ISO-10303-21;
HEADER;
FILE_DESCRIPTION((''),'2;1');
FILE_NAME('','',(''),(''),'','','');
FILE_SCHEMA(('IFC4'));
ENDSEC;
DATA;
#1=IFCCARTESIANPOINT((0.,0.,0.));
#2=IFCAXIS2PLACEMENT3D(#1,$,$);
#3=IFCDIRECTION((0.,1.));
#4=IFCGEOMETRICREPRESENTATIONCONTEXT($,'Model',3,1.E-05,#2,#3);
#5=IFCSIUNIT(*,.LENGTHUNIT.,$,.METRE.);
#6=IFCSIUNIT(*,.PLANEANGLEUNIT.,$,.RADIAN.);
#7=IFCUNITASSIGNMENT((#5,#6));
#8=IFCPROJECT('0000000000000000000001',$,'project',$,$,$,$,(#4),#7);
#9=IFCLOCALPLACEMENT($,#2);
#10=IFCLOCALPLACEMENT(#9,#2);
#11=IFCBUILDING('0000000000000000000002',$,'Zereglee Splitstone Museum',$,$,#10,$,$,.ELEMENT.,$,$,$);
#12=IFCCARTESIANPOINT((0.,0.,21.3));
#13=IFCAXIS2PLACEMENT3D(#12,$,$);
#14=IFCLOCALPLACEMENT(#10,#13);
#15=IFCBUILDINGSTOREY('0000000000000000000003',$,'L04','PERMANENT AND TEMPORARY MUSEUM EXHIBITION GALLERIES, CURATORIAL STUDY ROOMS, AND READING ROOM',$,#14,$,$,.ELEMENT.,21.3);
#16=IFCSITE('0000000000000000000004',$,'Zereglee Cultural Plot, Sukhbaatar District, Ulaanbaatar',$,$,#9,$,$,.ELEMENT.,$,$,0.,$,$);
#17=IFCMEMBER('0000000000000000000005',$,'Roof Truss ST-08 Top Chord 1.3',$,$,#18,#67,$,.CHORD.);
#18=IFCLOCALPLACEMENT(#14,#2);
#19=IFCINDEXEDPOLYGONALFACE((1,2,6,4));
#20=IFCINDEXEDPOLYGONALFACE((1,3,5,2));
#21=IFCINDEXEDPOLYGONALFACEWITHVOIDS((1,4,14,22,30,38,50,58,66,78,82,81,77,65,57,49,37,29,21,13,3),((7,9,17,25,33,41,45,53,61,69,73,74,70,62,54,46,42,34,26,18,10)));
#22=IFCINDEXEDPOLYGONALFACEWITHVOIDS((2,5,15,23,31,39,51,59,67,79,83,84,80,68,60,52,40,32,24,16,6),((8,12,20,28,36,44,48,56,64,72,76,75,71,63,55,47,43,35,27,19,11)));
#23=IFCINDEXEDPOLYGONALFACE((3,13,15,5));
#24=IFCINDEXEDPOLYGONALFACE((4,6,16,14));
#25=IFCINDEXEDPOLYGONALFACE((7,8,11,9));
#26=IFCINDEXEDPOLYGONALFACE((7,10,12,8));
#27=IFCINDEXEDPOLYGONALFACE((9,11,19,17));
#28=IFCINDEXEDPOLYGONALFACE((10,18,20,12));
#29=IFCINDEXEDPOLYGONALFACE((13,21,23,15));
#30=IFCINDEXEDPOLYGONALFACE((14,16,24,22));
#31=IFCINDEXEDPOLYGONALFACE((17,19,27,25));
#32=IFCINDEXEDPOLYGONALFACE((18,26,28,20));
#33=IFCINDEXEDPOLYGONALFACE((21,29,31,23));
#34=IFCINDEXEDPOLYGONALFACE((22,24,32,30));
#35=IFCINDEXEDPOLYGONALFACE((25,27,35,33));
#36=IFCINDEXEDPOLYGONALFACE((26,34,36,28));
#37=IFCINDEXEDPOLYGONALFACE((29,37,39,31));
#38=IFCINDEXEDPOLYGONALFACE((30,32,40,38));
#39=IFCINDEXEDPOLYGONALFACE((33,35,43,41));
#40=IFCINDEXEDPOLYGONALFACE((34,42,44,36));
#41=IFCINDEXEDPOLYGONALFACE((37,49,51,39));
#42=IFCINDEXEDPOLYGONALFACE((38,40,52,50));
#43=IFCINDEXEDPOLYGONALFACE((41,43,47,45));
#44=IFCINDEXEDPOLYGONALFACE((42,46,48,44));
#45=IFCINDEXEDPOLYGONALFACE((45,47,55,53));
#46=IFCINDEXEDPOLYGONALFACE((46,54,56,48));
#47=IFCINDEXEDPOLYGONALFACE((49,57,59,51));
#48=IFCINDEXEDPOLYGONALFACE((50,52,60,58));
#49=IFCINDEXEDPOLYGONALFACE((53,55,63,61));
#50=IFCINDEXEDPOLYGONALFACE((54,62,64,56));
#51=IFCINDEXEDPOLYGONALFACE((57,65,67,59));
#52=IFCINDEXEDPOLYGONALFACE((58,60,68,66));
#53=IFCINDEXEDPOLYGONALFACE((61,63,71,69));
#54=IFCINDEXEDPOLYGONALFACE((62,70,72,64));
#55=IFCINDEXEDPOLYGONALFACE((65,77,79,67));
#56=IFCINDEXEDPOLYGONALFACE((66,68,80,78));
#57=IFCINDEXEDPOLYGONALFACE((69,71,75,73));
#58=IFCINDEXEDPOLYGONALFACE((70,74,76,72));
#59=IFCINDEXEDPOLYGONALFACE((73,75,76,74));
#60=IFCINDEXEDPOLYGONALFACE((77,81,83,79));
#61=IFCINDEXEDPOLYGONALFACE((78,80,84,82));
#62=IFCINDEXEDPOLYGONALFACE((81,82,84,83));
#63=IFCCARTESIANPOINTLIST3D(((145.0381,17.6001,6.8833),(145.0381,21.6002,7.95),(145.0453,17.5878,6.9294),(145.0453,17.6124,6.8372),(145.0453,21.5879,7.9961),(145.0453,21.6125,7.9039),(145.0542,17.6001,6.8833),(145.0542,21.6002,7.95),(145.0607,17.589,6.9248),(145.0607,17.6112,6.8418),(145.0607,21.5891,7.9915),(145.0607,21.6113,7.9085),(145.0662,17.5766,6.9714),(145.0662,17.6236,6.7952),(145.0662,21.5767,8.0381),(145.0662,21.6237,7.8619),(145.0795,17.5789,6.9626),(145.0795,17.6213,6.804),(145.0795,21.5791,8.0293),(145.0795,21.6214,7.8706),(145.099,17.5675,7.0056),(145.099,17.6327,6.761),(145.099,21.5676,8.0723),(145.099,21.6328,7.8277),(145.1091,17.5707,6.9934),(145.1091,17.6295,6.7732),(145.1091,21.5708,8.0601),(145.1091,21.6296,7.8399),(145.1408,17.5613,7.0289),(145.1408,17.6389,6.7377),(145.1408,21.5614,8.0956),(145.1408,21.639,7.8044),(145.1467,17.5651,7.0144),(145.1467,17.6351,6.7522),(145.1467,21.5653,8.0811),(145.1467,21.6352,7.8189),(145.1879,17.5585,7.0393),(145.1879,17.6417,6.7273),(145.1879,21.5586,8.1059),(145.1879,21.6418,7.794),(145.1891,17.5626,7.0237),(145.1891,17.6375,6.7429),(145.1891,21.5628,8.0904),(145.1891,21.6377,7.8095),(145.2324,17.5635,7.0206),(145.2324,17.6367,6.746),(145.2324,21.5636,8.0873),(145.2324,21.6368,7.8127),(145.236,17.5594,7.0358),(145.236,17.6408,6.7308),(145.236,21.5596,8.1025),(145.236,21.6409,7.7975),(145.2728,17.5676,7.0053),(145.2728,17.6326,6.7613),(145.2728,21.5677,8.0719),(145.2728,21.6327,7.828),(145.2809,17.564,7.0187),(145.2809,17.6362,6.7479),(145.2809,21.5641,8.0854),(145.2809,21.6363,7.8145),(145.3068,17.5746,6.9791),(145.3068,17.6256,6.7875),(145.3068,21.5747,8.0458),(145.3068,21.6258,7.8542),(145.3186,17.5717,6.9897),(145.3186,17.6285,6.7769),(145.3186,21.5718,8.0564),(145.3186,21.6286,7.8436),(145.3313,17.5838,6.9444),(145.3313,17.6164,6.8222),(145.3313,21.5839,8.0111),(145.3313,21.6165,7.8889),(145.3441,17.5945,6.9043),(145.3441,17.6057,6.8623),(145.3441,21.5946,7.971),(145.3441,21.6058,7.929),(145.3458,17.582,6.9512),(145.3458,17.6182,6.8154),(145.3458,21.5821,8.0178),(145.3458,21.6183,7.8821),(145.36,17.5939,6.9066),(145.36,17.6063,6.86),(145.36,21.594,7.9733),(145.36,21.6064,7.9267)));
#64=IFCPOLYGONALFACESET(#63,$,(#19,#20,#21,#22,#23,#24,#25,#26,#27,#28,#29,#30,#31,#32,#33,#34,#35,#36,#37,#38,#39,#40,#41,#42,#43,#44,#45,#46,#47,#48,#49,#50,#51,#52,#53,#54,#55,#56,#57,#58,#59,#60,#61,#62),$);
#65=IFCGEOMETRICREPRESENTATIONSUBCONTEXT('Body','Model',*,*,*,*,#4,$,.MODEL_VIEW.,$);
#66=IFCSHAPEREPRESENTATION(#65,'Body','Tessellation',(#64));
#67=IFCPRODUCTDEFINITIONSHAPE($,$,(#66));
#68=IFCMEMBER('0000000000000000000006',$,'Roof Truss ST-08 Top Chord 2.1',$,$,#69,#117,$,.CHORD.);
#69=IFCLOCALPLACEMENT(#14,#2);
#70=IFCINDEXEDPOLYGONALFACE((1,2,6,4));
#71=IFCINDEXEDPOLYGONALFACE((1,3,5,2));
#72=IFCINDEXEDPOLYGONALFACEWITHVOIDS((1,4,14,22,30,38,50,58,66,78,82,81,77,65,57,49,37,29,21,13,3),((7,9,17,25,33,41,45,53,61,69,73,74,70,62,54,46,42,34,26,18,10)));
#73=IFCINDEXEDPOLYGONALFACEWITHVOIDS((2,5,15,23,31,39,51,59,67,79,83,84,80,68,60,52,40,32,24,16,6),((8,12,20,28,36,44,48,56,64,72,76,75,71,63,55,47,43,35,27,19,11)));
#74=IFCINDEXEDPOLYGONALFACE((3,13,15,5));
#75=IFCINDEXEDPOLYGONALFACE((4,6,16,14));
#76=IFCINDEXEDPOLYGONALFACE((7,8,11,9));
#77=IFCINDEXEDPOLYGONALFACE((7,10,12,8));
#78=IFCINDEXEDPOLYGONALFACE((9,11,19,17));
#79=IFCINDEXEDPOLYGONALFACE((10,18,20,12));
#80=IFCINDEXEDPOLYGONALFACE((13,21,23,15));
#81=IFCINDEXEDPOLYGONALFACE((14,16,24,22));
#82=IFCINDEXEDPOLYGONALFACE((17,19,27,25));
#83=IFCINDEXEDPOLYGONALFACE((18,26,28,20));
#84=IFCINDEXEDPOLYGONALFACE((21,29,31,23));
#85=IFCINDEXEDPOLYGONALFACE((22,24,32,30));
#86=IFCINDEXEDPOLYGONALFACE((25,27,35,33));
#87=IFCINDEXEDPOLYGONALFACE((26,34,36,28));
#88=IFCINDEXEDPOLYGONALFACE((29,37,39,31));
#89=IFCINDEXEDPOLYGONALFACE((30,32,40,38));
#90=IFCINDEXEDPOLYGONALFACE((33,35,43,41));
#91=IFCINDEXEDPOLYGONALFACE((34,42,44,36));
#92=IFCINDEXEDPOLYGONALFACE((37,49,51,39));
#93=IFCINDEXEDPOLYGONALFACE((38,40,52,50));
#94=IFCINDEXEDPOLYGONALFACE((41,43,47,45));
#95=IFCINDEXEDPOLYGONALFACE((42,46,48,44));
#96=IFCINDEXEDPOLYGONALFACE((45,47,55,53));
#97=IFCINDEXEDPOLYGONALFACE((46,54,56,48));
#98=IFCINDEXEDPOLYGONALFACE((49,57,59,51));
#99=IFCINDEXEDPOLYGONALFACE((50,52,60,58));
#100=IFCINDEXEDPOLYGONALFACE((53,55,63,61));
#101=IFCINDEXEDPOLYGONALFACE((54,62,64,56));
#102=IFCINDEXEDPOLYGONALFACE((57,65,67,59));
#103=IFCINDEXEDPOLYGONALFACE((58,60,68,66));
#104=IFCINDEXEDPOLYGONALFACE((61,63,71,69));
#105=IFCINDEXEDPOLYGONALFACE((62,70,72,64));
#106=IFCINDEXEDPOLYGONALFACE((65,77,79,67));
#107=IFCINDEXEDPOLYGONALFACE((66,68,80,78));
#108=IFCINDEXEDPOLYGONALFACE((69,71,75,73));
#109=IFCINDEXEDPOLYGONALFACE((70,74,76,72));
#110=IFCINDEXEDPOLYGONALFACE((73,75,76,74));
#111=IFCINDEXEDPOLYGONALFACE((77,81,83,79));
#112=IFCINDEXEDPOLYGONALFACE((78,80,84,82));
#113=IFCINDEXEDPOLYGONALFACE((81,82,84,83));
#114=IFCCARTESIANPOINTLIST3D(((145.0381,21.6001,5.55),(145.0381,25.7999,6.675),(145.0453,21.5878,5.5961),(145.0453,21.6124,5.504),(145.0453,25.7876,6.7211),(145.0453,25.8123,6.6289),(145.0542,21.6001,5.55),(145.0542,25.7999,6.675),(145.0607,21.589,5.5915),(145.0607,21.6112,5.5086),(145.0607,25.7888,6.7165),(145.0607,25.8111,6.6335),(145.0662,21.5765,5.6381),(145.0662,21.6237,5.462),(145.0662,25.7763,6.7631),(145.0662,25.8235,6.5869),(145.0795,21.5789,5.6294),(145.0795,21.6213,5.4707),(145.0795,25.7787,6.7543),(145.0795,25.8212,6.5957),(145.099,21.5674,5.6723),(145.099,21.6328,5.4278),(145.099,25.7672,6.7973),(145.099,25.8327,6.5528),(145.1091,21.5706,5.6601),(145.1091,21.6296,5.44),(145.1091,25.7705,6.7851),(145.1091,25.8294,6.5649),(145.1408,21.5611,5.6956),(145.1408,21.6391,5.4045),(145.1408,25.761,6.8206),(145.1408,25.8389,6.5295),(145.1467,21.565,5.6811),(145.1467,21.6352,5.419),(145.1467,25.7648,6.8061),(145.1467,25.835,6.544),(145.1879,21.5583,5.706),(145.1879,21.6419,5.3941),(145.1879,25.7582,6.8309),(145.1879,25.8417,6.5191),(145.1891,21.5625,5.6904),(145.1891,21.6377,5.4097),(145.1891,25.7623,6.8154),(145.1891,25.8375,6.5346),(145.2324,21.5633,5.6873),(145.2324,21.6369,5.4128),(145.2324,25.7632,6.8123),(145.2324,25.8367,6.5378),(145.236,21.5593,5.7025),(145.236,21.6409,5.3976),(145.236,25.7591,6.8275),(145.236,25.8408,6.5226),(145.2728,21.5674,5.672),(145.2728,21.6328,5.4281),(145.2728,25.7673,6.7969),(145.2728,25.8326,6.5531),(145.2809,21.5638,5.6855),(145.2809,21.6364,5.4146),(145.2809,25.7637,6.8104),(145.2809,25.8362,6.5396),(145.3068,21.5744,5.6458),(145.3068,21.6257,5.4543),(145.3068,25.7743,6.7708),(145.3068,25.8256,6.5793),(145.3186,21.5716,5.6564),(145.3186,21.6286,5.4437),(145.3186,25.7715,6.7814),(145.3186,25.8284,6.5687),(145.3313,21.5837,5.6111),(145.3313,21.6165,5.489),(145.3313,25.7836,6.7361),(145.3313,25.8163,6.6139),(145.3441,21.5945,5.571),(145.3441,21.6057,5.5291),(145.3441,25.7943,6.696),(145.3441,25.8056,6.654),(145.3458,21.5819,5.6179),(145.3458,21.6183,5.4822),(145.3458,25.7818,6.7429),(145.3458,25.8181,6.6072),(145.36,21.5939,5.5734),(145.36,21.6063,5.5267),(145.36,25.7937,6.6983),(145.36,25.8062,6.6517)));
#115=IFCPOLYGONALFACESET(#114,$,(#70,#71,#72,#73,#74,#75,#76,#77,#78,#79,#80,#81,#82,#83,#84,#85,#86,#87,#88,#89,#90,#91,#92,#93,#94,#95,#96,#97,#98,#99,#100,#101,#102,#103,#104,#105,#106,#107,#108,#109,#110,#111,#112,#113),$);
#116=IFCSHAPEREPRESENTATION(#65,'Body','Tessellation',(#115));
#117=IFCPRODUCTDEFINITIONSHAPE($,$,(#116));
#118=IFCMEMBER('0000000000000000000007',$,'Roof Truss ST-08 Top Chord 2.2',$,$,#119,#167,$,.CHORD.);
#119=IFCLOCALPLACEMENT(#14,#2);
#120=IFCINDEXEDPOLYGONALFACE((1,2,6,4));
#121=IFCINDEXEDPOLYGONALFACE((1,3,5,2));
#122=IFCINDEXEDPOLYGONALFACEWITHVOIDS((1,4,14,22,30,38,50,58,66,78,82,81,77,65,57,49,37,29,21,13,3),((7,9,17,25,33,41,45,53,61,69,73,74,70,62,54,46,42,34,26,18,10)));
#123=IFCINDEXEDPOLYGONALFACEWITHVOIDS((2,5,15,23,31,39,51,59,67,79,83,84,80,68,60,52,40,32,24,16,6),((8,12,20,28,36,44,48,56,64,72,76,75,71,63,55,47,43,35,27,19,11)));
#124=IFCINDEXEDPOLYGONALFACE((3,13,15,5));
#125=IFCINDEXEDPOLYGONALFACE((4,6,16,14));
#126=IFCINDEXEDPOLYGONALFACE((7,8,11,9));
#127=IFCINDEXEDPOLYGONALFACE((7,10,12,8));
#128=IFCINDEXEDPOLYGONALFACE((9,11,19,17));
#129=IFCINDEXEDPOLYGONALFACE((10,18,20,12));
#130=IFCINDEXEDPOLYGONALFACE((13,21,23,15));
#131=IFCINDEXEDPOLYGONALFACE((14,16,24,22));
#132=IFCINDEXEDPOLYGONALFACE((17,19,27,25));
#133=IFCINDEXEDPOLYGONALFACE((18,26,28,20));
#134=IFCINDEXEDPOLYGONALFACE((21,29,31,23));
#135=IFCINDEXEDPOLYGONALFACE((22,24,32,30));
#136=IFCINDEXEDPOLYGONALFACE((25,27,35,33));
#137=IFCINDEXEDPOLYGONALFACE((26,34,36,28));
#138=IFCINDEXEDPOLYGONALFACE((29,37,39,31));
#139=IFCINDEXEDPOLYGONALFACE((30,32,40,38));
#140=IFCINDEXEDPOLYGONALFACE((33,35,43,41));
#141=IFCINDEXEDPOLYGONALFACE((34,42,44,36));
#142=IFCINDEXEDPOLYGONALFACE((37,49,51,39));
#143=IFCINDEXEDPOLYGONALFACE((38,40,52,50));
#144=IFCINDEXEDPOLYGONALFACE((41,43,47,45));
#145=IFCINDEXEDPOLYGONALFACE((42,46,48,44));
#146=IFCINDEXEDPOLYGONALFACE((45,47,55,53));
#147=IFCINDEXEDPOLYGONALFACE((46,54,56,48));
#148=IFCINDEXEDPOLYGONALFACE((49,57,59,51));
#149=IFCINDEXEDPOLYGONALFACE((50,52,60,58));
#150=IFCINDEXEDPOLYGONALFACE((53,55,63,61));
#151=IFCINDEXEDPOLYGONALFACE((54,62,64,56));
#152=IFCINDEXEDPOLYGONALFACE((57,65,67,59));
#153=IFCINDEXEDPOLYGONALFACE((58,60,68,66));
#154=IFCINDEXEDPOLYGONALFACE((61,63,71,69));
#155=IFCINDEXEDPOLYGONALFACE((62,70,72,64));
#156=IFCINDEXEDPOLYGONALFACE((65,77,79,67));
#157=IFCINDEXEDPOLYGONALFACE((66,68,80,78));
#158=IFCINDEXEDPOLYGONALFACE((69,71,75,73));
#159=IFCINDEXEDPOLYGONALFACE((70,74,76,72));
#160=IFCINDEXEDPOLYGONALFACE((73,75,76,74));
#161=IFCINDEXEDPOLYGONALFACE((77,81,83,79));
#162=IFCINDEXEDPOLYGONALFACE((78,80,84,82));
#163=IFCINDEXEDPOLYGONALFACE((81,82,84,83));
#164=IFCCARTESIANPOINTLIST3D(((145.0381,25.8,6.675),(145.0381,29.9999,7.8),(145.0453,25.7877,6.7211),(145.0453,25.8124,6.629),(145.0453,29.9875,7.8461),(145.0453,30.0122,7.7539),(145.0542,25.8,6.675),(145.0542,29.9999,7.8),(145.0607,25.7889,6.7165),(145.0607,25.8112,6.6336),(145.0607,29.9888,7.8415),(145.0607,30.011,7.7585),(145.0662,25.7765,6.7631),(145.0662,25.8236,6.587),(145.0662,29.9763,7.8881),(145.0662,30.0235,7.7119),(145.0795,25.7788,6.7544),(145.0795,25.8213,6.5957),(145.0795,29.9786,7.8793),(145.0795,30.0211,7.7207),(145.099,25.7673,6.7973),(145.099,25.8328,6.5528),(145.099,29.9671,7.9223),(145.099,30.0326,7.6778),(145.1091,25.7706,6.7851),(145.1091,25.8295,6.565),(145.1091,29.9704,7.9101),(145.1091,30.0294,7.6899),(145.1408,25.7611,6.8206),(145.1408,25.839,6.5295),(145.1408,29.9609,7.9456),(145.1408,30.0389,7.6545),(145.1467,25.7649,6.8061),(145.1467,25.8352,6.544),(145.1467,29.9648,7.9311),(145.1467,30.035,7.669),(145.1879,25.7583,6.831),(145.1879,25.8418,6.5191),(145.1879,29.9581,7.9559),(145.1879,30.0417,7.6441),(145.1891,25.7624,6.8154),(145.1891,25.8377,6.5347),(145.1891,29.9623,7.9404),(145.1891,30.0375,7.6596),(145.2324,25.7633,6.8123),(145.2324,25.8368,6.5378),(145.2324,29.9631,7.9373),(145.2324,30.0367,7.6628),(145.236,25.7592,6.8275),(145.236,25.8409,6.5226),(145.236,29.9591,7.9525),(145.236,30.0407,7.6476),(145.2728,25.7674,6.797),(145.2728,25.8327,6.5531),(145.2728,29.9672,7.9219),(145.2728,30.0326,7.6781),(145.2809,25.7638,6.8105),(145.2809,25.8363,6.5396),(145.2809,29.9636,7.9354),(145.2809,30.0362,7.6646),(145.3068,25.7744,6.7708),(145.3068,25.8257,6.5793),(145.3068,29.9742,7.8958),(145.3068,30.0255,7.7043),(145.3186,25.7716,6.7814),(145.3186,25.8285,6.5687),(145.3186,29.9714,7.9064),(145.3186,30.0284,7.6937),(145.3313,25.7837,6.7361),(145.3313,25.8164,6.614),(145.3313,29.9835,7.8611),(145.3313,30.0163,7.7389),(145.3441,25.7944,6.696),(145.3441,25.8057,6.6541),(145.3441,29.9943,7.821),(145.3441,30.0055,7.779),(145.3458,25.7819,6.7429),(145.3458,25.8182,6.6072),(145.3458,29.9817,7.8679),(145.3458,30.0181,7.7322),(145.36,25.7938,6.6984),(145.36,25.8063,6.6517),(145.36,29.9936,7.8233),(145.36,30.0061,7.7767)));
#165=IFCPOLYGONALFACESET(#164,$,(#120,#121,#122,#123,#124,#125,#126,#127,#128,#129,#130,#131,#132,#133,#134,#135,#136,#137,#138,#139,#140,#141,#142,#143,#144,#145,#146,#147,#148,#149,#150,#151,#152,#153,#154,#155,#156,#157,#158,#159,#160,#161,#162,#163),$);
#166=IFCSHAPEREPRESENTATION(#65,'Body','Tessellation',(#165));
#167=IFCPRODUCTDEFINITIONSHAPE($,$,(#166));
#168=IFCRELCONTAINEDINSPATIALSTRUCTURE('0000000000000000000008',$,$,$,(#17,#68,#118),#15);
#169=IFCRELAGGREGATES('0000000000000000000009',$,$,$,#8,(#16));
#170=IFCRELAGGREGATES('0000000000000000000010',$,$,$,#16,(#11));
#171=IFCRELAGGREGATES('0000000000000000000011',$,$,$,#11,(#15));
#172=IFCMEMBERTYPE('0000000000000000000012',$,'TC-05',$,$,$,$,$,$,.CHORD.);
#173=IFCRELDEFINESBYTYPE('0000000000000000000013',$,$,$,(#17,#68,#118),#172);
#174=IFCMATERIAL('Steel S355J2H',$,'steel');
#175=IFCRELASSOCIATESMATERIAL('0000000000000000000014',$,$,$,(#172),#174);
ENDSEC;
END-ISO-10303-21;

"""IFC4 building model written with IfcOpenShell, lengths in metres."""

from ifc_helpers import new_model, si_unit, direction, frame, origin, origin_2d, place, context, subcontext, project, spatial, hollow_circle, extrude, material, material_profile, profile_set, type_object, element, save


model = new_model("IFC4")

# Units and contexts
model_context = context("Model", 3, precision=1e-05, world=origin(), true_north=direction((0.0, 1.0)))
body_context = subcontext(model_context, "Body", "Model", "MODEL_VIEW")
ifc_project = project(units=[si_unit("LENGTHUNIT", "METRE"), si_unit("PLANEANGLEUNIT", "RADIAN")], contexts=[model_context])

# Site, building, storey
site_placement = place(None, origin())
site = spatial("IfcSite", under=ifc_project, at=site_placement, Name="Zereglee Cultural Plot, Sukhbaatar District, Ulaanbaatar", CompositionType="ELEMENT", RefElevation=0.0)
building_placement = place(site_placement, origin())
building = spatial("IfcBuilding", under=site, at=building_placement, Name="Zereglee Splitstone Museum", CompositionType="ELEMENT")
storey_placement = place(building_placement, frame((0.0, 0.0, 21.3)))
storey = spatial("IfcBuildingStorey", under=building, at=storey_placement, Name="L04", Description="PERMANENT AND TEMPORARY MUSEUM EXHIBITION GALLERIES, CURATORIAL STUDY ROOMS, AND READING ROOM", CompositionType="ELEMENT", Elevation=21.3)

# Shared definitions
ifc_material_1 = material(Name="Steel S355J2H", Category="steel")

# Members
ifc_material_profile_1 = material_profile(ifc_material_1, hollow_circle(Radius=0.1619, WallThickness=0.0161, at=origin_2d()), Name="CHS 323.9x16")
ifc_profile_set_1 = profile_set([ifc_material_profile_1], Name="Steel S355J2H")
member_type_1 = type_object("IfcMemberType", Name="TC-05", PredefinedType="CHORD", material=ifc_profile_set_1)
member_1_placement = place(storey_placement, frame((145.2, 17.6001, 6.8833), z_axis=(0.0, 0.966236, 0.257659), x_axis=(-1.0, 0.0, 0.0)))
element("IfcMember", 1, at=member_1_placement, inside=storey, type_object=member_type_1, Name="Roof Truss ST-08 Top Chord 1.3", PredefinedType="CHORD", context=body_context, shape_type="SweptSolid", body=[
    extrude(hollow_circle(Radius=0.1619, WallThickness=0.0161, at=origin_2d()), origin(), (0.0, 0.0, 1.0), 4.1399),
])
for number, where, z_axis, x_axis, name in (
    (2, (145.2, 21.6001, 5.55), (0.0, 0.965947, 0.258739), (-1.0, 0.0, 0.0), "Roof Truss ST-08 Top Chord 2.1"),
    (3, (145.2, 25.8, 6.675), (0.0, 0.965947, 0.258739), (-1.0, 0.0, 0.0), "Roof Truss ST-08 Top Chord 2.2"),
):
    element("IfcMember", number, at=place(storey_placement, frame(where, z_axis=z_axis, x_axis=x_axis)), inside=storey, type_object=member_type_1, Name=name, PredefinedType="CHORD", context=body_context, shape_type="SweptSolid", body=[
        extrude(hollow_circle(Radius=0.1619, WallThickness=0.0161, at=origin_2d()), origin(), (0.0, 0.0, 1.0), 4.3479),
    ])

save(model, "model.ifc")
